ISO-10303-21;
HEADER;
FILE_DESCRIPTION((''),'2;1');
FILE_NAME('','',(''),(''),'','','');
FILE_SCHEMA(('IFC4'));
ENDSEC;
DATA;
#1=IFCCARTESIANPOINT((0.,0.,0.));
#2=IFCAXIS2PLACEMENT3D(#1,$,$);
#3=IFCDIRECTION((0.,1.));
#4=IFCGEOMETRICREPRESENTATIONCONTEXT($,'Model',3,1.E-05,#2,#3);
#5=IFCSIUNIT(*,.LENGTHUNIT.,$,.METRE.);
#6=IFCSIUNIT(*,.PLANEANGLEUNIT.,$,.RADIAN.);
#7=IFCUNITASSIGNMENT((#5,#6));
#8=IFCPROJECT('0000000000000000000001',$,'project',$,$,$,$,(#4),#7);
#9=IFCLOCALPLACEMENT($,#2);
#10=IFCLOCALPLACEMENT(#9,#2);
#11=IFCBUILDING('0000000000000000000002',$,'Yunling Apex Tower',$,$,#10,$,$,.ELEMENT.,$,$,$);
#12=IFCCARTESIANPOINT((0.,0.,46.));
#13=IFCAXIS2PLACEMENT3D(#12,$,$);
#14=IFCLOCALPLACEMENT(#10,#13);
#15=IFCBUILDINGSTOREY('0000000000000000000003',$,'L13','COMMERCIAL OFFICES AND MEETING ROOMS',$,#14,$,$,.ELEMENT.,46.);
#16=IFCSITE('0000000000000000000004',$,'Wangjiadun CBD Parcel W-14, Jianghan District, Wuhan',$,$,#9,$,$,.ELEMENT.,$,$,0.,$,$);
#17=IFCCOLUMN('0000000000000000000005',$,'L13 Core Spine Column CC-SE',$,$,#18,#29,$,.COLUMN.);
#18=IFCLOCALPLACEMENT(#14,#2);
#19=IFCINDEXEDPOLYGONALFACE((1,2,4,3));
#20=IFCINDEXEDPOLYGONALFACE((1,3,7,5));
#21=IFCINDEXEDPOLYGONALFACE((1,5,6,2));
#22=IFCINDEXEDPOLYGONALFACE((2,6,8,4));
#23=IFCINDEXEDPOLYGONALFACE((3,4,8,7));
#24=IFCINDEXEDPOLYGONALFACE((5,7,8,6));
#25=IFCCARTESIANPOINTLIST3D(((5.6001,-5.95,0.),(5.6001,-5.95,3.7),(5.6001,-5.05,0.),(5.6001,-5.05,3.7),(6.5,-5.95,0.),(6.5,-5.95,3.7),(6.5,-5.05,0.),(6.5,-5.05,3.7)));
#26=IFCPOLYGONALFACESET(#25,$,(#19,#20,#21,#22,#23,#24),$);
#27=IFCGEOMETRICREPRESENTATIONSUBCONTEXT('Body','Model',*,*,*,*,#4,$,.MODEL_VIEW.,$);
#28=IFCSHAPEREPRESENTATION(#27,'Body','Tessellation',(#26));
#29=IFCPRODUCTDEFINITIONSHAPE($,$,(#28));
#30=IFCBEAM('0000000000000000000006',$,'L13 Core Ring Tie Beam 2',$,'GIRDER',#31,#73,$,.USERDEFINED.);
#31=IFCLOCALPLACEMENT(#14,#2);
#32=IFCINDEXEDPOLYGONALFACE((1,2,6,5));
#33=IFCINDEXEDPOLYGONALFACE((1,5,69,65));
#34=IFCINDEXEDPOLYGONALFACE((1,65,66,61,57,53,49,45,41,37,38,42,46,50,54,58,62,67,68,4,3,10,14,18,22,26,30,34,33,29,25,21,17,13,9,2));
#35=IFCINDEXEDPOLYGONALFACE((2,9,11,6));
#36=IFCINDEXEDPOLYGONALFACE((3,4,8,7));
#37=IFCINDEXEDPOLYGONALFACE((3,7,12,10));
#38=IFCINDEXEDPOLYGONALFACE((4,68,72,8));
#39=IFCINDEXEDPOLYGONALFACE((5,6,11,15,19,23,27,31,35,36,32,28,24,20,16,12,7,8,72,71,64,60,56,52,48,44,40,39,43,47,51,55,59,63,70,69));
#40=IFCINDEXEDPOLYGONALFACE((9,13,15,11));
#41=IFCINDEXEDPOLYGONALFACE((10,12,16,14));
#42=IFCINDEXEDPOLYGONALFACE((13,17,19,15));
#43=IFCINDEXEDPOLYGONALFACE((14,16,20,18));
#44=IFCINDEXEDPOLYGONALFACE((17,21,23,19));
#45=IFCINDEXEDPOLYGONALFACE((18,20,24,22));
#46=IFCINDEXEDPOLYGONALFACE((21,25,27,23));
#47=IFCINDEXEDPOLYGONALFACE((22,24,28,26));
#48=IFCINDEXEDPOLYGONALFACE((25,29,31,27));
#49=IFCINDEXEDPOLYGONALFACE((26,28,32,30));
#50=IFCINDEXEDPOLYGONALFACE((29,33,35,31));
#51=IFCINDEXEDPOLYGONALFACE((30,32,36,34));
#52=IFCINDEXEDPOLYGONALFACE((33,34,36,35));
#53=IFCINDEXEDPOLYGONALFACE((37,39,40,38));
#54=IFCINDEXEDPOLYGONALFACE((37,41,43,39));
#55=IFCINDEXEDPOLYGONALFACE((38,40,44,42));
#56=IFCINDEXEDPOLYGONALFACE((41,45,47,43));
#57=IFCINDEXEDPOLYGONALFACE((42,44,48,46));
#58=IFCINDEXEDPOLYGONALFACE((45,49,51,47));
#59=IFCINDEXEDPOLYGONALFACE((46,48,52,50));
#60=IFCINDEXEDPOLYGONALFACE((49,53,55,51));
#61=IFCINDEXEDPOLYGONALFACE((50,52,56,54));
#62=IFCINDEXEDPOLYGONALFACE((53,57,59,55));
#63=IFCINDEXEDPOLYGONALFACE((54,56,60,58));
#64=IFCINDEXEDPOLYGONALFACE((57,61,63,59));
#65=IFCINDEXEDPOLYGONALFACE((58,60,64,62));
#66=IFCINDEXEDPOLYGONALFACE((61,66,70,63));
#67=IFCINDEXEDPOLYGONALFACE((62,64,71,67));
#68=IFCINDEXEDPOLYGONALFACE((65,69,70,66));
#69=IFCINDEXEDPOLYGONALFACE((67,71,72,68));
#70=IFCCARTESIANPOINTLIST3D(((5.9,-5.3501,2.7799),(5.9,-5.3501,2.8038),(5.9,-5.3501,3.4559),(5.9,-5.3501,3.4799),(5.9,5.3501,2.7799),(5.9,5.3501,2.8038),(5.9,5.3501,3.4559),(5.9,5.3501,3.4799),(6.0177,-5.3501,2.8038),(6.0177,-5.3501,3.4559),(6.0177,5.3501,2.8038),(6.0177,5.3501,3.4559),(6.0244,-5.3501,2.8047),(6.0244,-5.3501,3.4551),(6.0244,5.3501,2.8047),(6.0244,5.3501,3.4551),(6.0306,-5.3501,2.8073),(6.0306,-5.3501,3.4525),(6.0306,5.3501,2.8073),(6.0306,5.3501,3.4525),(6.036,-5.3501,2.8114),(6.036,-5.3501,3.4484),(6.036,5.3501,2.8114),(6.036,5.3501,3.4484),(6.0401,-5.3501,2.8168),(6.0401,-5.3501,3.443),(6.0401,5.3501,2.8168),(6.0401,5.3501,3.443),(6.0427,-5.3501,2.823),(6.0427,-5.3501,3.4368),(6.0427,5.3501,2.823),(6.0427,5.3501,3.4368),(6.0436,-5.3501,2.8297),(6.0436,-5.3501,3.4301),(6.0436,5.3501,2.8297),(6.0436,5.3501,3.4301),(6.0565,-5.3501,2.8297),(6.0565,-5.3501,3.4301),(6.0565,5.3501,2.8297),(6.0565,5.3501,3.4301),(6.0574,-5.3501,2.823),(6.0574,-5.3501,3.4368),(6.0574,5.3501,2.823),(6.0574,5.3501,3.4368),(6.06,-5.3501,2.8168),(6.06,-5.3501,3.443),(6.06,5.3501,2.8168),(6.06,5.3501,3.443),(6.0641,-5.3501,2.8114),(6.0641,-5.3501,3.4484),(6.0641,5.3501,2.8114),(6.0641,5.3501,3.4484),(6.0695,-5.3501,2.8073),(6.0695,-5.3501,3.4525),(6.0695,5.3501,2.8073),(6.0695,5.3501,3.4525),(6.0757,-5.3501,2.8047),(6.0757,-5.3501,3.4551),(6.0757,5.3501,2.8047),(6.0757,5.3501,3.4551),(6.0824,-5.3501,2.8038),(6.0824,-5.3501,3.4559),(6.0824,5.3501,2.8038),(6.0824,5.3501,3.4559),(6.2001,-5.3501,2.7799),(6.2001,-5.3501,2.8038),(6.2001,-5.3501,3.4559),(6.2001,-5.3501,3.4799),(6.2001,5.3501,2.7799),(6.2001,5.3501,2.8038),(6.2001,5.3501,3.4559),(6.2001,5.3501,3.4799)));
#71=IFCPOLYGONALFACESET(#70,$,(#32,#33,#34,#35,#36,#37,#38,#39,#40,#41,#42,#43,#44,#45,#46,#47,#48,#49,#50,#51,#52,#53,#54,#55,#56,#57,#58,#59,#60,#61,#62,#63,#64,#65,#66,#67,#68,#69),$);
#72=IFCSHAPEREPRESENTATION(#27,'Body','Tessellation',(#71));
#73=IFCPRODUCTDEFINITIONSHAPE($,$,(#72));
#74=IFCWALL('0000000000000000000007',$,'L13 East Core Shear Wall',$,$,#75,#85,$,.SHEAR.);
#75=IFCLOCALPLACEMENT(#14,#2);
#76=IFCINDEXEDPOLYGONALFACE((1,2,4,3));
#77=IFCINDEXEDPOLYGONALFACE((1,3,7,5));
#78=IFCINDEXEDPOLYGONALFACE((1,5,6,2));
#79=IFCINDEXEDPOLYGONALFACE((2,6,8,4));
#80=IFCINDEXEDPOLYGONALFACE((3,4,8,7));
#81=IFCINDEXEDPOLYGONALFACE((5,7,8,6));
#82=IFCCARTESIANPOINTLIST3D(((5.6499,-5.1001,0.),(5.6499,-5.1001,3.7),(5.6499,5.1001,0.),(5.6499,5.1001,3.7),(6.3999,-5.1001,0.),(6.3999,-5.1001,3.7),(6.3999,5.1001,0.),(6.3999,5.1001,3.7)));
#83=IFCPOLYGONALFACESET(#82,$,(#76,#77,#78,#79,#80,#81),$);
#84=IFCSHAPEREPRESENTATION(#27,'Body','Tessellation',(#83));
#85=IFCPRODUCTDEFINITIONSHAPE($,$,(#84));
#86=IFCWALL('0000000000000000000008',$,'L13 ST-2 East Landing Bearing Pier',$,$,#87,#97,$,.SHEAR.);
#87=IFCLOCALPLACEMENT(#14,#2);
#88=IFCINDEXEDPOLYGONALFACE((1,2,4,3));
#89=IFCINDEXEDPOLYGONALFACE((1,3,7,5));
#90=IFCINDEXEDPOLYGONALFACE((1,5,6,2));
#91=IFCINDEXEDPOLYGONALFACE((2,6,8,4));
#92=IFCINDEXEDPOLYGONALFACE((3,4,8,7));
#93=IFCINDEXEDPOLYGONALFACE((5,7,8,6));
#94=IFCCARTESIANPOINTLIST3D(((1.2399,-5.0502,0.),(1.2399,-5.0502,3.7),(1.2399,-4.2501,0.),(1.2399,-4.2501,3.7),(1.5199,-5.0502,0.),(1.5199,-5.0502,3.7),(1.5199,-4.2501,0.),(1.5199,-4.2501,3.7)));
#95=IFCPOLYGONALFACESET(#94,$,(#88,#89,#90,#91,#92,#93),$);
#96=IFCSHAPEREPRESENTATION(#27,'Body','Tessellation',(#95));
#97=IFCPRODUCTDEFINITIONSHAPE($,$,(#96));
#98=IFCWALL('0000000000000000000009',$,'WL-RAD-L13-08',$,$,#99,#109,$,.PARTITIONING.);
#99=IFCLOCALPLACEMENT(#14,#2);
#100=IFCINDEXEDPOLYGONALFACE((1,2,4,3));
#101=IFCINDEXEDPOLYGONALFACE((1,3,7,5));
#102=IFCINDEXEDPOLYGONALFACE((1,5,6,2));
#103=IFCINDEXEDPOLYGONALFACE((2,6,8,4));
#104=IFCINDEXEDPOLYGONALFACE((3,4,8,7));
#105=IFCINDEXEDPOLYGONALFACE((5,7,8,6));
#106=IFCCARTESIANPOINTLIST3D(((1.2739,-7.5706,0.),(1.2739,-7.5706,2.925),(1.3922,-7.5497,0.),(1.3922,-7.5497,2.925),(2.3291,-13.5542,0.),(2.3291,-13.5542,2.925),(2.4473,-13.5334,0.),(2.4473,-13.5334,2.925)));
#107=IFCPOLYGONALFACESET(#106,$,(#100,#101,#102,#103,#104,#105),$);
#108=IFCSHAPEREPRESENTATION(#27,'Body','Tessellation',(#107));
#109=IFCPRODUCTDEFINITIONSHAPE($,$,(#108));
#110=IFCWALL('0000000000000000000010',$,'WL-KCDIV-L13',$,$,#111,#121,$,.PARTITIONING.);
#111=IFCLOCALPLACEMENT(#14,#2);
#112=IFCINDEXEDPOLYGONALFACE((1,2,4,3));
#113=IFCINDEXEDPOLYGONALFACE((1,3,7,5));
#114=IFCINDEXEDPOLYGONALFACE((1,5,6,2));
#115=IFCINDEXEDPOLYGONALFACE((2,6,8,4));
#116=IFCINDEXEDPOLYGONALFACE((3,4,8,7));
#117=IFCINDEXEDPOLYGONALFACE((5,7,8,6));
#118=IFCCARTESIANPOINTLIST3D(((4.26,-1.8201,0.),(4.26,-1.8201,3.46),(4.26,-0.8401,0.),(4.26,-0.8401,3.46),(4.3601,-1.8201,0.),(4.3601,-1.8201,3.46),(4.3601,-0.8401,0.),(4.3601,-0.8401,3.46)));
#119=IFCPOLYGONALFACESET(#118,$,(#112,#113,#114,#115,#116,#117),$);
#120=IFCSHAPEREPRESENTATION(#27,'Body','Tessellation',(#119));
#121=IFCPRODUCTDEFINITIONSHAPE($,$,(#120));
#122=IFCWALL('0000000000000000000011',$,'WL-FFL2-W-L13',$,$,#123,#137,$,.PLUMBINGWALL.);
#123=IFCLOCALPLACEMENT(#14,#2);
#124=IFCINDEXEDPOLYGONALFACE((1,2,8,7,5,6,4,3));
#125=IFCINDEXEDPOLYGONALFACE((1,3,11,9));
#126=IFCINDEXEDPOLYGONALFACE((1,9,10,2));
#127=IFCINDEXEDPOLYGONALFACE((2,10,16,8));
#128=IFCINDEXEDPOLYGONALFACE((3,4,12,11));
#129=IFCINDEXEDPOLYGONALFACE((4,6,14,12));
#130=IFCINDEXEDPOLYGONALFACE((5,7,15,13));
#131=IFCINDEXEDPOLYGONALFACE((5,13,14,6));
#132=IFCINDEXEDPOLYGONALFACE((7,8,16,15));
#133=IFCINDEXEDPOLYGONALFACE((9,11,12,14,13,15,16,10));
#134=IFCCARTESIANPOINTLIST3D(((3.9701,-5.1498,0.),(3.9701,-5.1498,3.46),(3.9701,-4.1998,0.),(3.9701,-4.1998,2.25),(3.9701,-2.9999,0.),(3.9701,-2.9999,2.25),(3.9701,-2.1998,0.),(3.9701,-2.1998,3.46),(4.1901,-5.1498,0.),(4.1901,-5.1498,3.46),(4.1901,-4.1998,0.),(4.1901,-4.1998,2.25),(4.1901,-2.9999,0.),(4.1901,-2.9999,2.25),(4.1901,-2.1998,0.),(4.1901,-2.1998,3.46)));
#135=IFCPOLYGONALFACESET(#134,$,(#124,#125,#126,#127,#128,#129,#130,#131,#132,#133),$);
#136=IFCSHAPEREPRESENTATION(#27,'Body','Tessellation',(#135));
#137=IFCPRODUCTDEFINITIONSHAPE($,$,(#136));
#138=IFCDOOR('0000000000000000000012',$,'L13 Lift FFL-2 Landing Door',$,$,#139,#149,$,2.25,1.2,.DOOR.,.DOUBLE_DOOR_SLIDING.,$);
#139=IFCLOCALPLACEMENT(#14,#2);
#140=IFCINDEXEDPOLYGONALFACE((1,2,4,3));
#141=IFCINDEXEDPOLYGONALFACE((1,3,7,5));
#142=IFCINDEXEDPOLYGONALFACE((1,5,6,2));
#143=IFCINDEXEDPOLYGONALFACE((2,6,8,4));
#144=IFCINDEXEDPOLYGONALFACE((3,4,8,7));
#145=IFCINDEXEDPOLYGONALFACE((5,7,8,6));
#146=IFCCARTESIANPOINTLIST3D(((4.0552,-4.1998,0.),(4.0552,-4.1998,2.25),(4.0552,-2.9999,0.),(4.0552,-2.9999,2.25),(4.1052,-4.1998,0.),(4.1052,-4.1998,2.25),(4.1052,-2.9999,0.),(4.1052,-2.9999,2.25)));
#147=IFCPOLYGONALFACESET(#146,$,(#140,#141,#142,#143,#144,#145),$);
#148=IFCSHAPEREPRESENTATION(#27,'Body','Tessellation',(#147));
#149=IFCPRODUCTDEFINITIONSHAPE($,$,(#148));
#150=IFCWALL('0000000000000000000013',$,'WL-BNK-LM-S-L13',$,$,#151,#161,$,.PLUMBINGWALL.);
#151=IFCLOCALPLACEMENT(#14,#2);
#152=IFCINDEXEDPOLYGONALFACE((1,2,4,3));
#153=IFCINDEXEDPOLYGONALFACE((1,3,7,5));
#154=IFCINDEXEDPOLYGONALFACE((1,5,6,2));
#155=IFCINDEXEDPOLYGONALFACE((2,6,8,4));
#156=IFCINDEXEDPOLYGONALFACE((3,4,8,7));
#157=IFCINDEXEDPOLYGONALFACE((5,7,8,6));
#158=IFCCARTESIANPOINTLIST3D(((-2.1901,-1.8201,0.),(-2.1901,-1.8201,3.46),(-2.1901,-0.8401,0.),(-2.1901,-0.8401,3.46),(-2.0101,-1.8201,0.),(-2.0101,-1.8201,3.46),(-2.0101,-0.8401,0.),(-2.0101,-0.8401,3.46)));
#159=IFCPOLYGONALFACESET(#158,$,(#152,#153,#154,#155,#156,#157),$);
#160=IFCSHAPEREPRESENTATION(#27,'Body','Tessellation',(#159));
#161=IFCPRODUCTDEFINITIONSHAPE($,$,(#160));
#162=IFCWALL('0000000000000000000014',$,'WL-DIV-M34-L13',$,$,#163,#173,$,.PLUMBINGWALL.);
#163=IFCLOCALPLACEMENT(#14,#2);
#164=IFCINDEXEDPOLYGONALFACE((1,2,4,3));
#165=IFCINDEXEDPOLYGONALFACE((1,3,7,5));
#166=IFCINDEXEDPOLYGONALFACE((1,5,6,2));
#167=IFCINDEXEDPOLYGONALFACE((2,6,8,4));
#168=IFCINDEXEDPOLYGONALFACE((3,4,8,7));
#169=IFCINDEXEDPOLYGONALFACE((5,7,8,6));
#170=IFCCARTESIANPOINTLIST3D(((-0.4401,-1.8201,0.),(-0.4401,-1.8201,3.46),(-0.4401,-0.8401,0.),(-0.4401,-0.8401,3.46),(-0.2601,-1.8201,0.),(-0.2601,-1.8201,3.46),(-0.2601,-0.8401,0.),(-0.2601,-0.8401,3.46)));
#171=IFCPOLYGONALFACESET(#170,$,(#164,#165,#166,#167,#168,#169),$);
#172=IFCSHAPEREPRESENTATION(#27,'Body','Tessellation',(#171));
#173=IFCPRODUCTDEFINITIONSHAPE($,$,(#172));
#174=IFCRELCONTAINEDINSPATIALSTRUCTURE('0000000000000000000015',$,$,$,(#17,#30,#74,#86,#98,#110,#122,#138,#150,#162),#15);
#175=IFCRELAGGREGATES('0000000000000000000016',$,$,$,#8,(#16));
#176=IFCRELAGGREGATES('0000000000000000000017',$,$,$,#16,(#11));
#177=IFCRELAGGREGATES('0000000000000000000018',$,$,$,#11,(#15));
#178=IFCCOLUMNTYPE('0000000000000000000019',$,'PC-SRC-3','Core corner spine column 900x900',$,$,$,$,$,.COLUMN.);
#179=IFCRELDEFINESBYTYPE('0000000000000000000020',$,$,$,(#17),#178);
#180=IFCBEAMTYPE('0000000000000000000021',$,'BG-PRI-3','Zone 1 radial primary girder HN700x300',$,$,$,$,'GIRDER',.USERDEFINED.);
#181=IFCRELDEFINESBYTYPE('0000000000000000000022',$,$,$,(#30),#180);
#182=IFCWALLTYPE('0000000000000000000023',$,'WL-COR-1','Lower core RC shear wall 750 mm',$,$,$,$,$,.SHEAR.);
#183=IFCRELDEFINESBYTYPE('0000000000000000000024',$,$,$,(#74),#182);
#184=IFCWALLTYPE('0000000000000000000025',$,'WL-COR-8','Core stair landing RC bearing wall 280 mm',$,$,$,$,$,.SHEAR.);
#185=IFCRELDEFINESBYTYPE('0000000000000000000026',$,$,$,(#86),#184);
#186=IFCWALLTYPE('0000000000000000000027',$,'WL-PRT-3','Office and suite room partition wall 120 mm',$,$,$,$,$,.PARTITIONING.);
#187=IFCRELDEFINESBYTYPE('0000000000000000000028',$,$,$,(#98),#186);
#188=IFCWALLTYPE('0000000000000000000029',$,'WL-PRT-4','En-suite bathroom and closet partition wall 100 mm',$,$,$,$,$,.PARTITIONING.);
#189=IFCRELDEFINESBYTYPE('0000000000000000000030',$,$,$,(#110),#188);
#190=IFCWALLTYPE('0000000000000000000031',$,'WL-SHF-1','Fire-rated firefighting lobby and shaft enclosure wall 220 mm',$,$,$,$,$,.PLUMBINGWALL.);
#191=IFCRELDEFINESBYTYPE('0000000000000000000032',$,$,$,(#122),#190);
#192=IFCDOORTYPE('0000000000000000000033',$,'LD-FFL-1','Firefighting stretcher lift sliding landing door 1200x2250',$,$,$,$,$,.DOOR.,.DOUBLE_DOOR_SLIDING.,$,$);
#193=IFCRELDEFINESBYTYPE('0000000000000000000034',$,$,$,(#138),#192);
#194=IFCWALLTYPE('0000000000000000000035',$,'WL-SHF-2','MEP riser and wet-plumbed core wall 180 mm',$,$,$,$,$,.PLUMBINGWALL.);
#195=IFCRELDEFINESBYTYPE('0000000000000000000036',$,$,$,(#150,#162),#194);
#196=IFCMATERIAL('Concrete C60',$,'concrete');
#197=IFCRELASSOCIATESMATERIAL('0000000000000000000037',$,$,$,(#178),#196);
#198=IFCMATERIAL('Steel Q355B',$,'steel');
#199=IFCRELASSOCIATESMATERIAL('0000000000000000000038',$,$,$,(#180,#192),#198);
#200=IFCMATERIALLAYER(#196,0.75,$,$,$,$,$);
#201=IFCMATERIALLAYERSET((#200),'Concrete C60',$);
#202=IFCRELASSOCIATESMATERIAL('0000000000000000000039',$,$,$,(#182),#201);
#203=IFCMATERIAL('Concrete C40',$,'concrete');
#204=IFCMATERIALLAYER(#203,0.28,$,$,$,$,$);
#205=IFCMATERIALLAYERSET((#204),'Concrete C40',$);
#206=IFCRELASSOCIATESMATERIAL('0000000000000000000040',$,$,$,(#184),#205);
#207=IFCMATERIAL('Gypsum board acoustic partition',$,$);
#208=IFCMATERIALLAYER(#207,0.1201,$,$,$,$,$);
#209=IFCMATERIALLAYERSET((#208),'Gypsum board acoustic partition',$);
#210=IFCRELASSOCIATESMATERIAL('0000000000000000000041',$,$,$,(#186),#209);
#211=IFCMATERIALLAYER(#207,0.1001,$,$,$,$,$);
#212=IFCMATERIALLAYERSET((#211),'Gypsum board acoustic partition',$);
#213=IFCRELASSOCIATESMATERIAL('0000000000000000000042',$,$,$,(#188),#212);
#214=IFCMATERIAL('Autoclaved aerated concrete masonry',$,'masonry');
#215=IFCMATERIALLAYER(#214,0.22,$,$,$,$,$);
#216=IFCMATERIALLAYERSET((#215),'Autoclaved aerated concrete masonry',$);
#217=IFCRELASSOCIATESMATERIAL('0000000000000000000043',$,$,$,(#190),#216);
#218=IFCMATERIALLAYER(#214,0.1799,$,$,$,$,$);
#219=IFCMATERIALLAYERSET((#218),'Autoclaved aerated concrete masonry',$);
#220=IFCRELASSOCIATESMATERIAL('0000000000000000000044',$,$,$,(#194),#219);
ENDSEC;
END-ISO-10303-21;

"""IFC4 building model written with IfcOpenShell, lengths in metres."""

from ifc_helpers import new_model, si_unit, direction, frame, frame_2d, origin, origin_2d, place, context, subcontext, project, spatial, rectangle, i_section, extrude, source, transform, mapped, material, layer, layer_set, material_profile, profile_set, type_object, element, fill, save


model = new_model("IFC4")

# Units and contexts
model_context = context("Model", 3, precision=1e-05, world=origin(), true_north=direction((0.0, 1.0)))
body_context = subcontext(model_context, "Body", "Model", "MODEL_VIEW")
ifc_project = project(units=[si_unit("LENGTHUNIT", "METRE"), si_unit("PLANEANGLEUNIT", "RADIAN")], contexts=[model_context])

# Site, building, storey
site_placement = place(None, origin())
site = spatial("IfcSite", under=ifc_project, at=site_placement, Name="Wangjiadun CBD Parcel W-14, Jianghan District, Wuhan", CompositionType="ELEMENT", RefElevation=0.0)
building_placement = place(site_placement, origin())
building = spatial("IfcBuilding", under=site, at=building_placement, Name="Yunling Apex Tower", CompositionType="ELEMENT")
storey_placement = place(building_placement, frame((0.0, 0.0, 46.0)))
storey = spatial("IfcBuildingStorey", under=building, at=storey_placement, Name="L13", Description="COMMERCIAL OFFICES AND MEETING ROOMS", CompositionType="ELEMENT", Elevation=46.0)

# Column
ifc_material_1 = material(Name="Concrete C60", Category="concrete")
ifc_material_profile_1 = material_profile(ifc_material_1, rectangle(XDim=0.8999, YDim=0.8999, at=origin_2d()))
ifc_profile_set_1 = profile_set([ifc_material_profile_1], Name="Concrete C60")
column_type = type_object("IfcColumnType", Name="PC-SRC-3", Description="Core corner spine column 900x900", PredefinedType="COLUMN", material=ifc_profile_set_1)
shared_shape_1 = source(origin(), body_context, "Body", "SweptSolid", [
    extrude(rectangle(XDim=0.8999, YDim=0.8999, at=origin_2d()), origin(), (0.0, 0.0, 1.0), 3.7),
])
column_placement = place(storey_placement, frame((6.05, -5.5, 0.0), z_axis=(0.0, 0.0, 1.0), x_axis=(1.0, 0.0, 0.0)))
element("IfcColumn", 1, at=column_placement, inside=storey, type_object=column_type, Name="L13 Core Spine Column CC-SE", PredefinedType="COLUMN", context=body_context, shape_type="MappedRepresentation", body=[
    mapped(shared_shape_1, transform((0.0, 0.0, 0.0), scale=1.0)),
])

# Beam
ifc_material_2 = material(Name="Steel Q355B", Category="steel")
ifc_material_profile_2 = material_profile(ifc_material_2, i_section(OverallWidth=0.3, OverallDepth=0.7, WebThickness=0.0129, FlangeThickness=0.0239, FilletRadius=0.0259, at=origin_2d()))
ifc_profile_set_2 = profile_set([ifc_material_profile_2], Name="Steel Q355B")
beam_type = type_object("IfcBeamType", Name="BG-PRI-3", Description="Zone 1 radial primary girder HN700x300", ElementType="GIRDER", PredefinedType="USERDEFINED", material=ifc_profile_set_2)
shared_shape_2 = source(origin(), body_context, "Body", "SweptSolid", [
    extrude(i_section(OverallWidth=0.3, OverallDepth=0.7, WebThickness=0.0129, FlangeThickness=0.0239, FilletRadius=0.0259, at=origin_2d()), origin(), (0.0, 0.0, 1.0), 10.7002),
])
beam_placement = place(storey_placement, frame((6.05, -5.3501, 3.1299), z_axis=(0.0, 1.0, 0.0), x_axis=(-1.0, 0.0, 0.0)))
element("IfcBeam", 2, at=beam_placement, inside=storey, type_object=beam_type, Name="L13 Core Ring Tie Beam 2", ObjectType="GIRDER", PredefinedType="USERDEFINED", context=body_context, shape_type="MappedRepresentation", body=[
    mapped(shared_shape_2, transform((0.0, 0.0, 0.0), scale=1.0)),
])

# Walls
ifc_layer_1 = layer(ifc_material_1, 0.75)
ifc_layer_set_1 = layer_set([ifc_layer_1], Name="Concrete C60")
wall_type_1 = type_object("IfcWallType", Name="WL-COR-1", Description="Lower core RC shear wall 750 mm", PredefinedType="SHEAR", material=ifc_layer_set_1)
wall_1_placement = place(storey_placement, frame((6.0249, -5.1001, 0.0), z_axis=(0.0, 0.0, 1.0), x_axis=(0.0, 1.0, 0.0)))
element("IfcWall", 3, at=wall_1_placement, inside=storey, type_object=wall_type_1, Name="L13 East Core Shear Wall", PredefinedType="SHEAR", context=body_context, shape_type="SweptSolid", body=[
    extrude(rectangle(XDim=10.2002, YDim=0.75, at=frame_2d((5.1001, 0.0))), origin(), (0.0, 0.0, 1.0), 3.7),
])
ifc_material_3 = material(Name="Concrete C40", Category="concrete")
ifc_layer_2 = layer(ifc_material_3, 0.28)
ifc_layer_set_2 = layer_set([ifc_layer_2], Name="Concrete C40")
wall_type_2 = type_object("IfcWallType", Name="WL-COR-8", Description="Core stair landing RC bearing wall 280 mm", PredefinedType="SHEAR", material=ifc_layer_set_2)
wall_2_placement = place(storey_placement, frame((1.3799, -5.05, 0.0), z_axis=(0.0, 0.0, 1.0), x_axis=(0.0, 1.0, 0.0)))
element("IfcWall", 4, at=wall_2_placement, inside=storey, type_object=wall_type_2, Name="L13 ST-2 East Landing Bearing Pier", PredefinedType="SHEAR", context=body_context, shape_type="SweptSolid", body=[
    extrude(rectangle(XDim=0.8, YDim=0.28, at=frame_2d((0.3999, 0.0))), origin(), (0.0, 0.0, 1.0), 3.7),
])
ifc_material_4 = material(Name="Gypsum board acoustic partition")
ifc_layer_3 = layer(ifc_material_4, 0.1201)
ifc_layer_set_3 = layer_set([ifc_layer_3], Name="Gypsum board acoustic partition")
wall_type_3 = type_object("IfcWallType", Name="WL-PRT-3", Description="Office and suite room partition wall 120 mm", PredefinedType="PARTITIONING", material=ifc_layer_set_3)
wall_3_placement = place(storey_placement, frame((1.333, -7.5601, 0.0), z_axis=(0.0, 0.0, 1.0), x_axis=(0.173664, -0.984805, 0.0)))
element("IfcWall", 5, at=wall_3_placement, inside=storey, type_object=wall_type_3, Name="WL-RAD-L13-08", PredefinedType="PARTITIONING", context=body_context, shape_type="SweptSolid", body=[
    extrude(rectangle(XDim=6.0759, YDim=0.1201, at=frame_2d((3.0381, 0.0))), origin(), (0.0, 0.0, 1.0), 2.925),
])
ifc_layer_4 = layer(ifc_material_4, 0.1001)
ifc_layer_set_4 = layer_set([ifc_layer_4], Name="Gypsum board acoustic partition")
wall_type_4 = type_object("IfcWallType", Name="WL-PRT-4", Description="En-suite bathroom and closet partition wall 100 mm", PredefinedType="PARTITIONING", material=ifc_layer_set_4)
wall_4_placement = place(storey_placement, frame((4.3101, -1.8201, 0.0), z_axis=(0.0, 0.0, 1.0), x_axis=(0.0, 1.0, 0.0)))
element("IfcWall", 6, at=wall_4_placement, inside=storey, type_object=wall_type_4, Name="WL-KCDIV-L13", PredefinedType="PARTITIONING", context=body_context, shape_type="SweptSolid", body=[
    extrude(rectangle(XDim=0.98, YDim=0.1001, at=frame_2d((0.49, 0.0))), origin(), (0.0, 0.0, 1.0), 3.46),
])

# Wall, opening, door
ifc_material_5 = material(Name="Autoclaved aerated concrete masonry", Category="masonry")
ifc_layer_5 = layer(ifc_material_5, 0.22)
ifc_layer_set_5 = layer_set([ifc_layer_5], Name="Autoclaved aerated concrete masonry")
wall_type_5 = type_object("IfcWallType", Name="WL-SHF-1", Description="Fire-rated firefighting lobby and shaft enclosure wall 220 mm", PredefinedType="PLUMBINGWALL", material=ifc_layer_set_5)
wall_5_placement = place(storey_placement, frame((4.0801, -5.1499, 0.0), z_axis=(0.0, 0.0, 1.0), x_axis=(0.0, 1.0, 0.0)))
wall_5 = element("IfcWall", 7, at=wall_5_placement, inside=storey, type_object=wall_type_5, Name="WL-FFL2-W-L13", PredefinedType="PLUMBINGWALL", context=body_context, shape_type="SweptSolid", body=[
    extrude(rectangle(XDim=2.95, YDim=0.22, at=frame_2d((1.4751, 0.0))), origin(), (0.0, 0.0, 1.0), 3.46),
])
opening_1_placement = place(wall_5_placement, frame((0.95, 0.0, 0.0)))
opening_1 = element("IfcOpeningElement", 8, at=opening_1_placement, cuts=wall_5, PredefinedType="OPENING", context=body_context, shape_type="SweptSolid", body=[
    extrude(rectangle(XDim=1.2, YDim=2.25, at=frame_2d((0.6001, 1.125))), frame((0.0, 0.1201, 0.0), z_axis=(0.0, -1.0, 0.0), x_axis=(1.0, 0.0, 0.0)), (0.0, 0.0, 1.0), 0.24),
])
door_type_1 = type_object("IfcDoorType", Name="LD-FFL-1", Description="Firefighting stretcher lift sliding landing door 1200x2250", OperationType="DOUBLE_DOOR_SLIDING", PredefinedType="DOOR", material=ifc_material_2)
door_1_placement = place(opening_1_placement, origin())
door_1 = element("IfcDoor", 9, at=door_1_placement, inside=storey, type_object=door_type_1, Name="L13 Lift FFL-2 Landing Door", OperationType="DOUBLE_DOOR_SLIDING", OverallHeight=2.25, OverallWidth=1.2, PredefinedType="DOOR", context=body_context, shape_type="SweptSolid", body=[
    extrude(rectangle(XDim=1.2, YDim=2.25, at=frame_2d((0.6001, 1.125))), frame((0.0, 0.0249, 0.0), z_axis=(0.0, -1.0, 0.0), x_axis=(1.0, 0.0, 0.0)), (0.0, 0.0, 1.0), 0.05),
])
fill(opening_1, door_1)

# Walls
ifc_layer_6 = layer(ifc_material_5, 0.1799)
ifc_layer_set_6 = layer_set([ifc_layer_6], Name="Autoclaved aerated concrete masonry")
wall_type_6 = type_object("IfcWallType", Name="WL-SHF-2", Description="MEP riser and wet-plumbed core wall 180 mm", PredefinedType="PLUMBINGWALL", material=ifc_layer_set_6)
for number, where, z_axis, x_axis, name in (
    (10, (-2.1001, -1.8201, 0.0), (0.0, 0.0, 1.0), (0.0, 1.0, 0.0), "WL-BNK-LM-S-L13"),
    (11, (-0.3501, -1.8201, 0.0), (0.0, 0.0, 1.0), (0.0, 1.0, 0.0), "WL-DIV-M34-L13"),
):
    element("IfcWall", number, at=place(storey_placement, frame(where, z_axis=z_axis, x_axis=x_axis)), inside=storey, type_object=wall_type_6, Name=name, PredefinedType="PLUMBINGWALL", context=body_context, shape_type="SweptSolid", body=[
        extrude(rectangle(XDim=0.98, YDim=0.1799, at=frame_2d((0.49, 0.0))), origin(), (0.0, 0.0, 1.0), 3.46),
    ])

save(model, "model.ifc")
